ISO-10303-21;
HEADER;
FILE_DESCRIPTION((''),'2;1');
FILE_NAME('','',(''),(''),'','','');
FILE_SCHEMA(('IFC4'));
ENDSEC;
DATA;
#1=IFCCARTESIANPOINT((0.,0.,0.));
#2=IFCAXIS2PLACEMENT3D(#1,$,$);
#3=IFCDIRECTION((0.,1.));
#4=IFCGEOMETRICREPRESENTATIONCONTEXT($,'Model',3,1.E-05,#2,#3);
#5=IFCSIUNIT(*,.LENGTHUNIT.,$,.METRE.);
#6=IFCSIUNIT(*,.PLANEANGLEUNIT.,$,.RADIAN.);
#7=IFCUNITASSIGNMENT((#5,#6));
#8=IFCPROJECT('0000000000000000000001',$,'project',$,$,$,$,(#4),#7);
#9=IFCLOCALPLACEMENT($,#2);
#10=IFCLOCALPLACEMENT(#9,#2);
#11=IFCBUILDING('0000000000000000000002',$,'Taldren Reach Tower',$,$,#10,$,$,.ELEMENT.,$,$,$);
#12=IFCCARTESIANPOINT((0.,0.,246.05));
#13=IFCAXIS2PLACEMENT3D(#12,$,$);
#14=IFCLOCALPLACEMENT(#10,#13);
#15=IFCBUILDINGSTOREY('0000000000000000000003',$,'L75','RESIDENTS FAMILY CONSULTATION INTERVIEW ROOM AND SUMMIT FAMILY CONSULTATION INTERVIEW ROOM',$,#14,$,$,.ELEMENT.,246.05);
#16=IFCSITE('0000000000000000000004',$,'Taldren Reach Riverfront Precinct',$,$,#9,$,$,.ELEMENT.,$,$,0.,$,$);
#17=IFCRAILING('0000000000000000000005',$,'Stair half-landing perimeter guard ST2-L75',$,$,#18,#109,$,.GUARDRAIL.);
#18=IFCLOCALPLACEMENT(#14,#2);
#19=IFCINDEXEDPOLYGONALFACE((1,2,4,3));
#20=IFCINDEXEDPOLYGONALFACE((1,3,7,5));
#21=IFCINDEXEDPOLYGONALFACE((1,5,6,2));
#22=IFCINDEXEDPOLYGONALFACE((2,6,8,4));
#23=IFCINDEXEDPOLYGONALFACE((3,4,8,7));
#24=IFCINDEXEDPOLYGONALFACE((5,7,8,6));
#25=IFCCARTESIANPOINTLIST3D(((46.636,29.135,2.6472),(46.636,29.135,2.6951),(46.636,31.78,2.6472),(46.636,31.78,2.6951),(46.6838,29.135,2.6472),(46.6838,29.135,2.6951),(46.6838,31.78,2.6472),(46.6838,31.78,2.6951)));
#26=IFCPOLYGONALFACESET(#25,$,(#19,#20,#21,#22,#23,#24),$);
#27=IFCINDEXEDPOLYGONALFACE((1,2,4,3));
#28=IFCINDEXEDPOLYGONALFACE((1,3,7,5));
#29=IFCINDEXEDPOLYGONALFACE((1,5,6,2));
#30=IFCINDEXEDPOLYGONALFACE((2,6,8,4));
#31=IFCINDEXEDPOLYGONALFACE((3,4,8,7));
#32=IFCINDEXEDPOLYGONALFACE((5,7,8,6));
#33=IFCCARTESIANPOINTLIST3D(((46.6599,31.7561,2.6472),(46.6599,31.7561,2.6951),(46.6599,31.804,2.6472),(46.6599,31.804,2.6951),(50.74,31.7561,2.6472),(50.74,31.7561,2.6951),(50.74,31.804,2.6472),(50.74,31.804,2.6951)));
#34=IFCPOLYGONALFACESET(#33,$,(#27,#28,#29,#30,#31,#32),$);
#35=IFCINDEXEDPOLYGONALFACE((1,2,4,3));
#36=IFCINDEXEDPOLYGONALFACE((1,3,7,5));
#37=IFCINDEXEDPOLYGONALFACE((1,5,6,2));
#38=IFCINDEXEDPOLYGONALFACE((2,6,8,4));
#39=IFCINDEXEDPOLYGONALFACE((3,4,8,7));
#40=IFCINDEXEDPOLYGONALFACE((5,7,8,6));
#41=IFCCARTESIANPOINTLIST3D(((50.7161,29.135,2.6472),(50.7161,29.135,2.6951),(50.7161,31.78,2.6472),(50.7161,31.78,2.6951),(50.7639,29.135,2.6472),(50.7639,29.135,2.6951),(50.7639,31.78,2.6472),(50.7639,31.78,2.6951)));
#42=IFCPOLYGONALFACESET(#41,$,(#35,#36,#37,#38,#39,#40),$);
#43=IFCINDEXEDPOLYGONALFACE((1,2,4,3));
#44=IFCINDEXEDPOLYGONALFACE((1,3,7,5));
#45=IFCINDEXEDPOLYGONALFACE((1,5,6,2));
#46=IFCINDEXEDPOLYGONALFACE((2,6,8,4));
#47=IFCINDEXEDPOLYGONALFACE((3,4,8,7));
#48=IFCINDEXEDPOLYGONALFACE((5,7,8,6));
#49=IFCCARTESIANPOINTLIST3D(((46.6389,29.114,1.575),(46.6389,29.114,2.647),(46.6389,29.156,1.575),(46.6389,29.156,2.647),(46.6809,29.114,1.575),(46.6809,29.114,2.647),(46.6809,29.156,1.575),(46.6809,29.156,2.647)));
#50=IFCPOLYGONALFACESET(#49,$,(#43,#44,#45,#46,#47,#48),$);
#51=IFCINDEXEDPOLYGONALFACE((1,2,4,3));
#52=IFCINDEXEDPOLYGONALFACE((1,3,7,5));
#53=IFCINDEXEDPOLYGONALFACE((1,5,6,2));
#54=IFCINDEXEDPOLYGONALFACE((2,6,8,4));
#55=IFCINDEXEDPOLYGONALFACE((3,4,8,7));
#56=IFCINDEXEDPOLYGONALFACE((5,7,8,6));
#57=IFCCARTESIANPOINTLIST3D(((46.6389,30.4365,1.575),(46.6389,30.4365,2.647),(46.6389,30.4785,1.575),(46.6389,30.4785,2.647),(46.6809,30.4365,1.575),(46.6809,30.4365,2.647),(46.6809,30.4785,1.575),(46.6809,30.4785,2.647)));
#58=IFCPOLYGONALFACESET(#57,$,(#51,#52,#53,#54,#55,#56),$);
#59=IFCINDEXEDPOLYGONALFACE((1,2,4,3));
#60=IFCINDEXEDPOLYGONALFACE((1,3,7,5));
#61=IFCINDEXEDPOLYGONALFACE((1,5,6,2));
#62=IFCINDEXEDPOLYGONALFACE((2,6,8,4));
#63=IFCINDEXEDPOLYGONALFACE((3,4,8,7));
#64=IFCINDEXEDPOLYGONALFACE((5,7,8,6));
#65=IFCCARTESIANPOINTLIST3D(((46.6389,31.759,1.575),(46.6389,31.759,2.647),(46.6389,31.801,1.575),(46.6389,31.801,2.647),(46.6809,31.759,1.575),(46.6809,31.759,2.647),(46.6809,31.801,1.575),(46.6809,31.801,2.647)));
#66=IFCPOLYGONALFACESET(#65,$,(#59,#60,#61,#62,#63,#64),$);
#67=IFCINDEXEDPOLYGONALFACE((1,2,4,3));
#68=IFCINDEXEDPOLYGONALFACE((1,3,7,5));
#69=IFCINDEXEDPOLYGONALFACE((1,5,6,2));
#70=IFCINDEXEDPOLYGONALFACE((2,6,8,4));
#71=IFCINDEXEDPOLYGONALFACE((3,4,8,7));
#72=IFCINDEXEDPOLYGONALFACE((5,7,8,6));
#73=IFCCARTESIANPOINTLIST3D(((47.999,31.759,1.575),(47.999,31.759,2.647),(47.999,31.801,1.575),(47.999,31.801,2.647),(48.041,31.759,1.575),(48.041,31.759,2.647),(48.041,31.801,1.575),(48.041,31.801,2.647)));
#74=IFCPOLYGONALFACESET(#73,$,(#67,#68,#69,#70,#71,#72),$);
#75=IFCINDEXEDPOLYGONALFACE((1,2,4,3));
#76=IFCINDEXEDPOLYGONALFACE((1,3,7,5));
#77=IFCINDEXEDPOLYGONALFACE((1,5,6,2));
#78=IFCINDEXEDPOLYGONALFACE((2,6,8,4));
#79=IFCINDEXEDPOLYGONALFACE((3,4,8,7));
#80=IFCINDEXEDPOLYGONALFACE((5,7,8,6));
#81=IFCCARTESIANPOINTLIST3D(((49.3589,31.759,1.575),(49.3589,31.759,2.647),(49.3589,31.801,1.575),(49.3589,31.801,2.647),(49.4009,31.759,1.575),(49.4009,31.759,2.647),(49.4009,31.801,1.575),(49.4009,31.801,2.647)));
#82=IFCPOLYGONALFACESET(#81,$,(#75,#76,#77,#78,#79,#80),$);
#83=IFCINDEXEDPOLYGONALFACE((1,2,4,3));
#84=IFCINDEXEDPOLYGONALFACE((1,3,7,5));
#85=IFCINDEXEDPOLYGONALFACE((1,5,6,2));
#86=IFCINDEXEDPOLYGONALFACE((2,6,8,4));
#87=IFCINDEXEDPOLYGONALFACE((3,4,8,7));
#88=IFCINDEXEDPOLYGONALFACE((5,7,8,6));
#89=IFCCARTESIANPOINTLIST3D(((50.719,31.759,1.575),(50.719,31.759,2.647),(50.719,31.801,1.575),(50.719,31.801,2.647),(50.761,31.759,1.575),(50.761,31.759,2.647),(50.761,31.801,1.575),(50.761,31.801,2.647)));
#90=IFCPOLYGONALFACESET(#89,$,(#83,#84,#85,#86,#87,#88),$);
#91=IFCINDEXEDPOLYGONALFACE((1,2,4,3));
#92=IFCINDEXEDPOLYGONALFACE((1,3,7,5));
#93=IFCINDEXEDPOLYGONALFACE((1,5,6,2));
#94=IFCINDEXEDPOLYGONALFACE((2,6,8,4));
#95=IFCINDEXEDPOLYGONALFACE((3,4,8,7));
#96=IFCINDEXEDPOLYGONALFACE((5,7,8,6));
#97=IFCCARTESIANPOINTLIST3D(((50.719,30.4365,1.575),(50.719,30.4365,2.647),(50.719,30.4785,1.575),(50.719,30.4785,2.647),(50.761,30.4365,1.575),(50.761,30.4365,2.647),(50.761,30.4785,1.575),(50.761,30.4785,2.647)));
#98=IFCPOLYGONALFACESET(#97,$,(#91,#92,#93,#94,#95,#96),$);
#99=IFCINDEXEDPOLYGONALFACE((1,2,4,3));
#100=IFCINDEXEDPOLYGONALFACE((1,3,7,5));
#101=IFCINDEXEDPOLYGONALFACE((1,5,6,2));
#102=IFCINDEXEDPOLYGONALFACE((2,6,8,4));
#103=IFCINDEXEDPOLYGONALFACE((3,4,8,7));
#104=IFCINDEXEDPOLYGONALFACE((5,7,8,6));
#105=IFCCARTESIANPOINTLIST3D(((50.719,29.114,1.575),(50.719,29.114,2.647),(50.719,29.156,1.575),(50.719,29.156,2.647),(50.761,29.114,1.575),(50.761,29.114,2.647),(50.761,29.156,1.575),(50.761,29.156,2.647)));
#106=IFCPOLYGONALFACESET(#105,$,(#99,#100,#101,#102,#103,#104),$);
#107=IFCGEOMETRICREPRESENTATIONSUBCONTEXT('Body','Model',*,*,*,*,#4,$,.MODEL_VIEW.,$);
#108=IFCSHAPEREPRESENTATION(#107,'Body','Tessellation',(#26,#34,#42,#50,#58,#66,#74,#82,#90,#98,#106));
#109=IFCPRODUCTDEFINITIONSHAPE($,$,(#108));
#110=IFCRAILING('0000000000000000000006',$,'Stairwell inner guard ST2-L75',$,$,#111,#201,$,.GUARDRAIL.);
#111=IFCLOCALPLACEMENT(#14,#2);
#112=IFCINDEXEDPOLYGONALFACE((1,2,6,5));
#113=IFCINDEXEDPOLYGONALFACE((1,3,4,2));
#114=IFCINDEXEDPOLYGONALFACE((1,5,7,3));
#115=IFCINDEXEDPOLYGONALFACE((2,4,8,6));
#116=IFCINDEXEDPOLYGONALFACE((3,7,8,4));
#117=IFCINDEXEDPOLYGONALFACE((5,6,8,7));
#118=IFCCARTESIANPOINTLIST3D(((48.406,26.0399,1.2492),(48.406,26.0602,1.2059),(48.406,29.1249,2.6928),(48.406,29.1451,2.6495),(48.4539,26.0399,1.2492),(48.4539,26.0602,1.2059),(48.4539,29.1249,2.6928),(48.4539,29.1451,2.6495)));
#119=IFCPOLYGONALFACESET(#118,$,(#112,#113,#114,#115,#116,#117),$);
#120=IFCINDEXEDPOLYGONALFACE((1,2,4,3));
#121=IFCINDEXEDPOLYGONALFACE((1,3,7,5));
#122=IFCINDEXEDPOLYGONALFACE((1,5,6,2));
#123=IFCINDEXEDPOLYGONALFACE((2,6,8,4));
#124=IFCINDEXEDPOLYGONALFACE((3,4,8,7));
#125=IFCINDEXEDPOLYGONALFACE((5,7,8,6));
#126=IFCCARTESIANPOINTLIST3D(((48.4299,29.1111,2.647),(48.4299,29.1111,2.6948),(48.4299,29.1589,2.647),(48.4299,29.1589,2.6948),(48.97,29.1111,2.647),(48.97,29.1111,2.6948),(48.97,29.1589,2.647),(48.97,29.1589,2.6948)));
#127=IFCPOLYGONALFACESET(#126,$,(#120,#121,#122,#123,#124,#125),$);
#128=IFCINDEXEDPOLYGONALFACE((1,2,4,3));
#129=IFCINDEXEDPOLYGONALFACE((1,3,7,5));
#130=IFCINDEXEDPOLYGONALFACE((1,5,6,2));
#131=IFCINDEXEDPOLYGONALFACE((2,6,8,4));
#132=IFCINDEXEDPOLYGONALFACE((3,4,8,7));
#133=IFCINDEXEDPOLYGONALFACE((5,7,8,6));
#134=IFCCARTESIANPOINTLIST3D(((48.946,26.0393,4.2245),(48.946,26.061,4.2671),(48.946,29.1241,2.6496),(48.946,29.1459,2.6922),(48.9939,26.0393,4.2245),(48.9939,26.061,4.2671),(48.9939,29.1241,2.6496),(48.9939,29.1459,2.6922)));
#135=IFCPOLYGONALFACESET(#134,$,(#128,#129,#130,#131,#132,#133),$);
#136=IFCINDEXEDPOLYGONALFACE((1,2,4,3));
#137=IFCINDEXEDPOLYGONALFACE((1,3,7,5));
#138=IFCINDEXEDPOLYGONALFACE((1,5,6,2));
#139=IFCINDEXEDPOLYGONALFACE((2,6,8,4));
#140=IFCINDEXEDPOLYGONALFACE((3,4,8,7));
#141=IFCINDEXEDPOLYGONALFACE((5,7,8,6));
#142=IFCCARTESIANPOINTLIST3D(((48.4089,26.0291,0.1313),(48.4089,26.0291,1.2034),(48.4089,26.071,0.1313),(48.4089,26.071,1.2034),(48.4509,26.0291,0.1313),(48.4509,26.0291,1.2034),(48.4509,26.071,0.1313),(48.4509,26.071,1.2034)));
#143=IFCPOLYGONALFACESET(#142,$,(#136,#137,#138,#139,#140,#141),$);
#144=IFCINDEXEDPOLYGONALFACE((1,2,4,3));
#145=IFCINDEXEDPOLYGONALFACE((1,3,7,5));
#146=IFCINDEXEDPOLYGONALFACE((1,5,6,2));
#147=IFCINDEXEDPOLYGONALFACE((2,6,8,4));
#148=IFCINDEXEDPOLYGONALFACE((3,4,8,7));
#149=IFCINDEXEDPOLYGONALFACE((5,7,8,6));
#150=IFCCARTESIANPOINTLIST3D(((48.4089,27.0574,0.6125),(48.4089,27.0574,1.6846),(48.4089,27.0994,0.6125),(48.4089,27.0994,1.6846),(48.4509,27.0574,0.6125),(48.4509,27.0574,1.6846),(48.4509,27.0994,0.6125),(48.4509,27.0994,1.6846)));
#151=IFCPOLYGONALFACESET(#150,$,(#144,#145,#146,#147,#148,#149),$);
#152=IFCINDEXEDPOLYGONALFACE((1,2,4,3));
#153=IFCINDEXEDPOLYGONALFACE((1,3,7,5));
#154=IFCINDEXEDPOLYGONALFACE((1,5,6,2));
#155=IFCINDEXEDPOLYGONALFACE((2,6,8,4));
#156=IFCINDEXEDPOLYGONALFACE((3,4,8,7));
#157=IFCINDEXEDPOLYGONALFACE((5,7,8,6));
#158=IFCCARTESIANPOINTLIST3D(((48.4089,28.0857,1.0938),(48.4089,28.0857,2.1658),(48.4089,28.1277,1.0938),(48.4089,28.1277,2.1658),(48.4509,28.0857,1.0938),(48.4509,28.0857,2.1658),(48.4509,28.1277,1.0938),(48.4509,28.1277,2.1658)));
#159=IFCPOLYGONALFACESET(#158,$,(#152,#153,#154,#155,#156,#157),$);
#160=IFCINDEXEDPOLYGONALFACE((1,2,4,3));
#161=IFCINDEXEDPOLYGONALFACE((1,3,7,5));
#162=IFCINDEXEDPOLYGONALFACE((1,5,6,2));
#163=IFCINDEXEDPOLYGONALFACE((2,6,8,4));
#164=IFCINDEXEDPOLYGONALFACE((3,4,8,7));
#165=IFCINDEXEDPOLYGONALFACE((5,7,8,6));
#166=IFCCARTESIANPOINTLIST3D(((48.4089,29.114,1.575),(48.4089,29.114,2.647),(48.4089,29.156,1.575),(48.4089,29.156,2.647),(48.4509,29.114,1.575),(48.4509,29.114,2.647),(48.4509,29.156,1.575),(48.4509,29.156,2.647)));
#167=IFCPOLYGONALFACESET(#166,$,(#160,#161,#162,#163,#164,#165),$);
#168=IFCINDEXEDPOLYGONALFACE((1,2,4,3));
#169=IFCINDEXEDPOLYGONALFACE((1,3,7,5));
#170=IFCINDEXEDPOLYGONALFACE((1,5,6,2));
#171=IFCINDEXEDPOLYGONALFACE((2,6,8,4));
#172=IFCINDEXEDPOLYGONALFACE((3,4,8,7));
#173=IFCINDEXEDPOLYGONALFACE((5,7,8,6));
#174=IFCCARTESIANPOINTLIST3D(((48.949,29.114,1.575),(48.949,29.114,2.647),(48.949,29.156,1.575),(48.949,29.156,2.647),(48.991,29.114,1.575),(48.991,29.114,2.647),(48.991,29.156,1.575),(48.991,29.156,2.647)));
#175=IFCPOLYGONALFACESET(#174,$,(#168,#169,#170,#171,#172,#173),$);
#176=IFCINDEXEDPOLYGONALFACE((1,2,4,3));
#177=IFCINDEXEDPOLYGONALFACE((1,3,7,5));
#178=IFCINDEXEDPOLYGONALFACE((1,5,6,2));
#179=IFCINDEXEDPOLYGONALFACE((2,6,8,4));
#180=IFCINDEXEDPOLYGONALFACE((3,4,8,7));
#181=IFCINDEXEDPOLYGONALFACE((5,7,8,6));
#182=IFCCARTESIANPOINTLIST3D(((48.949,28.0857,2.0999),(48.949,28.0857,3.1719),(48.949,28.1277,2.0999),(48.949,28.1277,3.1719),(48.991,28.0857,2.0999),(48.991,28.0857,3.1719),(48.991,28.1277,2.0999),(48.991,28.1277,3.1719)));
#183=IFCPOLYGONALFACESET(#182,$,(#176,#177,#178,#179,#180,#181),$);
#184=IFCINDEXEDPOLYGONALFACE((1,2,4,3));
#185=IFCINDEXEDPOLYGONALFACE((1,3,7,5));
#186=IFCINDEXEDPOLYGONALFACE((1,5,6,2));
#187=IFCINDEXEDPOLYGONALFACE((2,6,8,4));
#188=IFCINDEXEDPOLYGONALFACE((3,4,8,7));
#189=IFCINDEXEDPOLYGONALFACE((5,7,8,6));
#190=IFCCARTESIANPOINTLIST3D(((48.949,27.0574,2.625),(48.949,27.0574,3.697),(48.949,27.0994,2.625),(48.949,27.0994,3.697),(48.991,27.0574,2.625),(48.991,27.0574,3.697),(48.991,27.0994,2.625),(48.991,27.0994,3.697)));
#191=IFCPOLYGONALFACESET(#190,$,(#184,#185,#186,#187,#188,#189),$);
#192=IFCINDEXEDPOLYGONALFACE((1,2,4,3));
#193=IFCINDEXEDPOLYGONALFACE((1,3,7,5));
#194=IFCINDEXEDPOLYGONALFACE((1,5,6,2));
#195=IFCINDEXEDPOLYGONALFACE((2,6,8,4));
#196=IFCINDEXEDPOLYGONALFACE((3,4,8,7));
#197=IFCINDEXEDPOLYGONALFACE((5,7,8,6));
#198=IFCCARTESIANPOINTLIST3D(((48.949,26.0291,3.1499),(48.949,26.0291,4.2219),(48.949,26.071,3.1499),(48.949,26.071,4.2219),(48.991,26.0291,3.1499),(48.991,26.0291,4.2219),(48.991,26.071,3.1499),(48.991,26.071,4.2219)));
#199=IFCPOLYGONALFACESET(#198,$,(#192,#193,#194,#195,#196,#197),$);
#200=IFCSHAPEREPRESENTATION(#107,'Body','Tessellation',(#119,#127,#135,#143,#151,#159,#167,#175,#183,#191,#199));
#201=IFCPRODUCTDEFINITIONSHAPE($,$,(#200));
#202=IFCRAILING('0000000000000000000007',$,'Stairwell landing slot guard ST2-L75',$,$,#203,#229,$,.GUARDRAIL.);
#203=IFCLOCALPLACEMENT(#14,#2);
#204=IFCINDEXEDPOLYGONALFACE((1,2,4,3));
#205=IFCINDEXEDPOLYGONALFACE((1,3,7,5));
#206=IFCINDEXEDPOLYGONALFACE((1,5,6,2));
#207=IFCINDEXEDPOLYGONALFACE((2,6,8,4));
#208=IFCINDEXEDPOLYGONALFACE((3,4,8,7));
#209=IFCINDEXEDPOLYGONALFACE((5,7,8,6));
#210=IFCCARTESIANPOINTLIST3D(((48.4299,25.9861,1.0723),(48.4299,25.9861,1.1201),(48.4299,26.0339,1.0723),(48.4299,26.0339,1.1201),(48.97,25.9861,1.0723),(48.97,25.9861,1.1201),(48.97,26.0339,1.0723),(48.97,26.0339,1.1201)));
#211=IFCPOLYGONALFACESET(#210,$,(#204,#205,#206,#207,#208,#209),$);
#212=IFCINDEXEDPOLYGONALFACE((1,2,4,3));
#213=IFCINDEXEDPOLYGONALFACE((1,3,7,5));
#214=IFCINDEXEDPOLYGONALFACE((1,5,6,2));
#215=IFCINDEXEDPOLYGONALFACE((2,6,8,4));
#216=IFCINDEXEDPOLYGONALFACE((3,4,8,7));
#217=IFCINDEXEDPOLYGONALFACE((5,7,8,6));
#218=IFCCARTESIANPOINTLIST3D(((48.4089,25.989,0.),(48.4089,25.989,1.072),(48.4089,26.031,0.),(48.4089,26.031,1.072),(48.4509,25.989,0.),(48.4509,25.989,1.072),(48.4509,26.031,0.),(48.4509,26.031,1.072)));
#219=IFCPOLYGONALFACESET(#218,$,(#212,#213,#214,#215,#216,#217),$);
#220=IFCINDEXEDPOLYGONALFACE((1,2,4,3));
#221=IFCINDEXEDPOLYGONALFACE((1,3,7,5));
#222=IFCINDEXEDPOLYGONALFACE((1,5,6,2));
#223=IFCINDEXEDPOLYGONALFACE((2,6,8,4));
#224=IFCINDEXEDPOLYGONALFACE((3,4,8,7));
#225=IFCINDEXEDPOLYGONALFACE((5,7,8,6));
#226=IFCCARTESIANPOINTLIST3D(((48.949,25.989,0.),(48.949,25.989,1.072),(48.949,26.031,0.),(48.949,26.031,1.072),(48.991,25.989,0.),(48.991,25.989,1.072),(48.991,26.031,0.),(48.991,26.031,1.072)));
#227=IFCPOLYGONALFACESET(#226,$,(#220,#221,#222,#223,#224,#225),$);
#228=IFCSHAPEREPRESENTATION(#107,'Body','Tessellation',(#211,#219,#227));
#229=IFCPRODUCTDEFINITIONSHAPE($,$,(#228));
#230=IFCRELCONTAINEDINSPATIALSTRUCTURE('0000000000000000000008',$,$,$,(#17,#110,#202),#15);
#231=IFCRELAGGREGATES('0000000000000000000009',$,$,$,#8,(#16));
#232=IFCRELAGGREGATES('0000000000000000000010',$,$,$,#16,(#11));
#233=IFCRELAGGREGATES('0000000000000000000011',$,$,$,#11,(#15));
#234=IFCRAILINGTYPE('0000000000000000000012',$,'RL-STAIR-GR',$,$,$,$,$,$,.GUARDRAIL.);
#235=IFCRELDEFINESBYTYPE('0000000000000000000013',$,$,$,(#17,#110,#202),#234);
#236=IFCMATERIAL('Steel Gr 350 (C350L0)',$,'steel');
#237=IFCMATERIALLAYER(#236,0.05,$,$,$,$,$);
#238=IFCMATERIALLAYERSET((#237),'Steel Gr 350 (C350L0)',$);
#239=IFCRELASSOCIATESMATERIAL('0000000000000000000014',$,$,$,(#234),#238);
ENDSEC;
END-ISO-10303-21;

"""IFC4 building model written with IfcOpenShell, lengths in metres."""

from ifc_helpers import new_model, si_unit, direction, frame, origin, origin_2d, place, context, subcontext, project, spatial, rectangle, extrude, material, layer, layer_set, type_object, element, save


model = new_model("IFC4")

# Units and contexts
model_context = context("Model", 3, precision=1e-05, world=origin(), true_north=direction((0.0, 1.0)))
body_context = subcontext(model_context, "Body", "Model", "MODEL_VIEW")
ifc_project = project(units=[si_unit("LENGTHUNIT", "METRE"), si_unit("PLANEANGLEUNIT", "RADIAN")], contexts=[model_context])

# Site, building, storey
site_placement = place(None, origin())
site = spatial("IfcSite", under=ifc_project, at=site_placement, Name="Taldren Reach Riverfront Precinct", CompositionType="ELEMENT", RefElevation=0.0)
building_placement = place(site_placement, origin())
building = spatial("IfcBuilding", under=site, at=building_placement, Name="Taldren Reach Tower", CompositionType="ELEMENT")
storey_placement = place(building_placement, frame((0.0, 0.0, 246.05)))
storey = spatial("IfcBuildingStorey", under=building, at=storey_placement, Name="L75", Description="RESIDENTS FAMILY CONSULTATION INTERVIEW ROOM AND SUMMIT FAMILY CONSULTATION INTERVIEW ROOM", CompositionType="ELEMENT", Elevation=246.05)

# Shared definitions
ifc_material_1 = material(Name="Steel Gr 350 (C350L0)", Category="steel")

# Railings
ifc_layer_1 = layer(ifc_material_1, 0.05)
ifc_layer_set_1 = layer_set([ifc_layer_1], Name="Steel Gr 350 (C350L0)")
railing_type_1 = type_object("IfcRailingType", Name="RL-STAIR-GR", PredefinedType="GUARDRAIL", material=ifc_layer_set_1)
railing_1_placement = place(storey_placement, frame((46.6599, 29.135, 1.575)))
element("IfcRailing", 1, at=railing_1_placement, inside=storey, type_object=railing_type_1, Name="Stair half-landing perimeter guard ST2-L75", PredefinedType="GUARDRAIL", context=body_context, shape_type="SweptSolid", body=[
    extrude(rectangle(XDim=0.0479, YDim=0.0479, at=origin_2d()), frame((0.0, 0.0, 1.0962), z_axis=(0.0, 1.0, 0.0), x_axis=(-1.0, 0.0, 0.0)), (0.0, 0.0, 1.0), 2.645),
    extrude(rectangle(XDim=0.0479, YDim=0.0479, at=origin_2d()), frame((0.0, 2.645, 1.0962), z_axis=(1.0, 0.0, 0.0), x_axis=(0.0, 1.0, 0.0)), (0.0, 0.0, 1.0), 4.0801),
    extrude(rectangle(XDim=0.0479, YDim=0.0479, at=origin_2d()), frame((4.0801, 2.645, 1.0962), z_axis=(0.0, -1.0, 0.0), x_axis=(1.0, 0.0, 0.0)), (0.0, 0.0, 1.0), 2.645),
    extrude(rectangle(XDim=0.042, YDim=0.042, at=origin_2d()), origin(), (0.0, 0.0, 1.0), 1.072),
    extrude(rectangle(XDim=0.042, YDim=0.042, at=origin_2d()), frame((0.0, 1.3225, 0.0)), (0.0, 0.0, 1.0), 1.072),
    extrude(rectangle(XDim=0.042, YDim=0.042, at=origin_2d()), frame((0.0, 2.645, 0.0)), (0.0, 0.0, 1.0), 1.072),
    extrude(rectangle(XDim=0.042, YDim=0.042, at=origin_2d()), frame((1.3601, 2.645, 0.0)), (0.0, 0.0, 1.0), 1.072),
    extrude(rectangle(XDim=0.042, YDim=0.042, at=origin_2d()), frame((2.72, 2.645, 0.0)), (0.0, 0.0, 1.0), 1.072),
    extrude(rectangle(XDim=0.042, YDim=0.042, at=origin_2d()), frame((4.0801, 2.645, 0.0)), (0.0, 0.0, 1.0), 1.072),
    extrude(rectangle(XDim=0.042, YDim=0.042, at=origin_2d()), frame((4.0801, 1.3225, 0.0)), (0.0, 0.0, 1.0), 1.072),
    extrude(rectangle(XDim=0.042, YDim=0.042, at=origin_2d()), frame((4.0801, 0.0, 0.0)), (0.0, 0.0, 1.0), 1.072),
])
railing_2_placement = place(storey_placement, frame((48.4299, 26.05, 0.1313)))
element("IfcRailing", 2, at=railing_2_placement, inside=storey, type_object=railing_type_1, Name="Stairwell inner guard ST2-L75", PredefinedType="GUARDRAIL", context=body_context, shape_type="SweptSolid", body=[
    extrude(rectangle(XDim=0.0479, YDim=0.0479, at=origin_2d()), frame((0.0, 0.0, 1.0962), z_axis=(0.0, 0.905738, 0.423839), x_axis=(-1.0, 0.0, 0.0)), (0.0, 0.0, 1.0), 3.406),
    extrude(rectangle(XDim=0.0479, YDim=0.0479, at=origin_2d()), frame((0.0, 3.085, 2.5396), z_axis=(1.0, 0.0, 0.0), x_axis=(0.0, 1.0, 0.0)), (0.0, 0.0, 1.0), 0.54),
    extrude(rectangle(XDim=0.0479, YDim=0.0479, at=origin_2d()), frame((0.54, 3.085, 2.5396), z_axis=(0.0, -0.890646, 0.454697), x_axis=(1.0, 0.0, 0.0)), (0.0, 0.0, 1.0), 3.4636),
    extrude(rectangle(XDim=0.042, YDim=0.042, at=origin_2d()), origin(), (0.0, 0.0, 1.0), 1.072),
    extrude(rectangle(XDim=0.042, YDim=0.042, at=origin_2d()), frame((0.0, 1.0283, 0.4812)), (0.0, 0.0, 1.0), 1.072),
    extrude(rectangle(XDim=0.042, YDim=0.042, at=origin_2d()), frame((0.0, 2.0566, 0.9624)), (0.0, 0.0, 1.0), 1.072),
    extrude(rectangle(XDim=0.042, YDim=0.042, at=origin_2d()), frame((0.0, 3.085, 1.4436)), (0.0, 0.0, 1.0), 1.072),
    extrude(rectangle(XDim=0.042, YDim=0.042, at=origin_2d()), frame((0.54, 3.085, 1.4436)), (0.0, 0.0, 1.0), 1.072),
    extrude(rectangle(XDim=0.042, YDim=0.042, at=origin_2d()), frame((0.54, 2.0566, 1.9685)), (0.0, 0.0, 1.0), 1.072),
    extrude(rectangle(XDim=0.042, YDim=0.042, at=origin_2d()), frame((0.54, 1.0283, 2.4937)), (0.0, 0.0, 1.0), 1.072),
    extrude(rectangle(XDim=0.042, YDim=0.042, at=origin_2d()), frame((0.54, 0.0, 3.0186)), (0.0, 0.0, 1.0), 1.072),
])
railing_3_placement = place(storey_placement, frame((48.4299, 26.01, 0.0)))
element("IfcRailing", 3, at=railing_3_placement, inside=storey, type_object=railing_type_1, Name="Stairwell landing slot guard ST2-L75", PredefinedType="GUARDRAIL", context=body_context, shape_type="SweptSolid", body=[
    extrude(rectangle(XDim=0.0479, YDim=0.0479, at=origin_2d()), frame((0.0, 0.0, 1.0962), z_axis=(1.0, 0.0, 0.0), x_axis=(0.0, 1.0, 0.0)), (0.0, 0.0, 1.0), 0.54),
    extrude(rectangle(XDim=0.042, YDim=0.042, at=origin_2d()), origin(), (0.0, 0.0, 1.0), 1.072),
    extrude(rectangle(XDim=0.042, YDim=0.042, at=origin_2d()), frame((0.54, 0.0, 0.0)), (0.0, 0.0, 1.0), 1.072),
])

save(model, "model.ifc")
